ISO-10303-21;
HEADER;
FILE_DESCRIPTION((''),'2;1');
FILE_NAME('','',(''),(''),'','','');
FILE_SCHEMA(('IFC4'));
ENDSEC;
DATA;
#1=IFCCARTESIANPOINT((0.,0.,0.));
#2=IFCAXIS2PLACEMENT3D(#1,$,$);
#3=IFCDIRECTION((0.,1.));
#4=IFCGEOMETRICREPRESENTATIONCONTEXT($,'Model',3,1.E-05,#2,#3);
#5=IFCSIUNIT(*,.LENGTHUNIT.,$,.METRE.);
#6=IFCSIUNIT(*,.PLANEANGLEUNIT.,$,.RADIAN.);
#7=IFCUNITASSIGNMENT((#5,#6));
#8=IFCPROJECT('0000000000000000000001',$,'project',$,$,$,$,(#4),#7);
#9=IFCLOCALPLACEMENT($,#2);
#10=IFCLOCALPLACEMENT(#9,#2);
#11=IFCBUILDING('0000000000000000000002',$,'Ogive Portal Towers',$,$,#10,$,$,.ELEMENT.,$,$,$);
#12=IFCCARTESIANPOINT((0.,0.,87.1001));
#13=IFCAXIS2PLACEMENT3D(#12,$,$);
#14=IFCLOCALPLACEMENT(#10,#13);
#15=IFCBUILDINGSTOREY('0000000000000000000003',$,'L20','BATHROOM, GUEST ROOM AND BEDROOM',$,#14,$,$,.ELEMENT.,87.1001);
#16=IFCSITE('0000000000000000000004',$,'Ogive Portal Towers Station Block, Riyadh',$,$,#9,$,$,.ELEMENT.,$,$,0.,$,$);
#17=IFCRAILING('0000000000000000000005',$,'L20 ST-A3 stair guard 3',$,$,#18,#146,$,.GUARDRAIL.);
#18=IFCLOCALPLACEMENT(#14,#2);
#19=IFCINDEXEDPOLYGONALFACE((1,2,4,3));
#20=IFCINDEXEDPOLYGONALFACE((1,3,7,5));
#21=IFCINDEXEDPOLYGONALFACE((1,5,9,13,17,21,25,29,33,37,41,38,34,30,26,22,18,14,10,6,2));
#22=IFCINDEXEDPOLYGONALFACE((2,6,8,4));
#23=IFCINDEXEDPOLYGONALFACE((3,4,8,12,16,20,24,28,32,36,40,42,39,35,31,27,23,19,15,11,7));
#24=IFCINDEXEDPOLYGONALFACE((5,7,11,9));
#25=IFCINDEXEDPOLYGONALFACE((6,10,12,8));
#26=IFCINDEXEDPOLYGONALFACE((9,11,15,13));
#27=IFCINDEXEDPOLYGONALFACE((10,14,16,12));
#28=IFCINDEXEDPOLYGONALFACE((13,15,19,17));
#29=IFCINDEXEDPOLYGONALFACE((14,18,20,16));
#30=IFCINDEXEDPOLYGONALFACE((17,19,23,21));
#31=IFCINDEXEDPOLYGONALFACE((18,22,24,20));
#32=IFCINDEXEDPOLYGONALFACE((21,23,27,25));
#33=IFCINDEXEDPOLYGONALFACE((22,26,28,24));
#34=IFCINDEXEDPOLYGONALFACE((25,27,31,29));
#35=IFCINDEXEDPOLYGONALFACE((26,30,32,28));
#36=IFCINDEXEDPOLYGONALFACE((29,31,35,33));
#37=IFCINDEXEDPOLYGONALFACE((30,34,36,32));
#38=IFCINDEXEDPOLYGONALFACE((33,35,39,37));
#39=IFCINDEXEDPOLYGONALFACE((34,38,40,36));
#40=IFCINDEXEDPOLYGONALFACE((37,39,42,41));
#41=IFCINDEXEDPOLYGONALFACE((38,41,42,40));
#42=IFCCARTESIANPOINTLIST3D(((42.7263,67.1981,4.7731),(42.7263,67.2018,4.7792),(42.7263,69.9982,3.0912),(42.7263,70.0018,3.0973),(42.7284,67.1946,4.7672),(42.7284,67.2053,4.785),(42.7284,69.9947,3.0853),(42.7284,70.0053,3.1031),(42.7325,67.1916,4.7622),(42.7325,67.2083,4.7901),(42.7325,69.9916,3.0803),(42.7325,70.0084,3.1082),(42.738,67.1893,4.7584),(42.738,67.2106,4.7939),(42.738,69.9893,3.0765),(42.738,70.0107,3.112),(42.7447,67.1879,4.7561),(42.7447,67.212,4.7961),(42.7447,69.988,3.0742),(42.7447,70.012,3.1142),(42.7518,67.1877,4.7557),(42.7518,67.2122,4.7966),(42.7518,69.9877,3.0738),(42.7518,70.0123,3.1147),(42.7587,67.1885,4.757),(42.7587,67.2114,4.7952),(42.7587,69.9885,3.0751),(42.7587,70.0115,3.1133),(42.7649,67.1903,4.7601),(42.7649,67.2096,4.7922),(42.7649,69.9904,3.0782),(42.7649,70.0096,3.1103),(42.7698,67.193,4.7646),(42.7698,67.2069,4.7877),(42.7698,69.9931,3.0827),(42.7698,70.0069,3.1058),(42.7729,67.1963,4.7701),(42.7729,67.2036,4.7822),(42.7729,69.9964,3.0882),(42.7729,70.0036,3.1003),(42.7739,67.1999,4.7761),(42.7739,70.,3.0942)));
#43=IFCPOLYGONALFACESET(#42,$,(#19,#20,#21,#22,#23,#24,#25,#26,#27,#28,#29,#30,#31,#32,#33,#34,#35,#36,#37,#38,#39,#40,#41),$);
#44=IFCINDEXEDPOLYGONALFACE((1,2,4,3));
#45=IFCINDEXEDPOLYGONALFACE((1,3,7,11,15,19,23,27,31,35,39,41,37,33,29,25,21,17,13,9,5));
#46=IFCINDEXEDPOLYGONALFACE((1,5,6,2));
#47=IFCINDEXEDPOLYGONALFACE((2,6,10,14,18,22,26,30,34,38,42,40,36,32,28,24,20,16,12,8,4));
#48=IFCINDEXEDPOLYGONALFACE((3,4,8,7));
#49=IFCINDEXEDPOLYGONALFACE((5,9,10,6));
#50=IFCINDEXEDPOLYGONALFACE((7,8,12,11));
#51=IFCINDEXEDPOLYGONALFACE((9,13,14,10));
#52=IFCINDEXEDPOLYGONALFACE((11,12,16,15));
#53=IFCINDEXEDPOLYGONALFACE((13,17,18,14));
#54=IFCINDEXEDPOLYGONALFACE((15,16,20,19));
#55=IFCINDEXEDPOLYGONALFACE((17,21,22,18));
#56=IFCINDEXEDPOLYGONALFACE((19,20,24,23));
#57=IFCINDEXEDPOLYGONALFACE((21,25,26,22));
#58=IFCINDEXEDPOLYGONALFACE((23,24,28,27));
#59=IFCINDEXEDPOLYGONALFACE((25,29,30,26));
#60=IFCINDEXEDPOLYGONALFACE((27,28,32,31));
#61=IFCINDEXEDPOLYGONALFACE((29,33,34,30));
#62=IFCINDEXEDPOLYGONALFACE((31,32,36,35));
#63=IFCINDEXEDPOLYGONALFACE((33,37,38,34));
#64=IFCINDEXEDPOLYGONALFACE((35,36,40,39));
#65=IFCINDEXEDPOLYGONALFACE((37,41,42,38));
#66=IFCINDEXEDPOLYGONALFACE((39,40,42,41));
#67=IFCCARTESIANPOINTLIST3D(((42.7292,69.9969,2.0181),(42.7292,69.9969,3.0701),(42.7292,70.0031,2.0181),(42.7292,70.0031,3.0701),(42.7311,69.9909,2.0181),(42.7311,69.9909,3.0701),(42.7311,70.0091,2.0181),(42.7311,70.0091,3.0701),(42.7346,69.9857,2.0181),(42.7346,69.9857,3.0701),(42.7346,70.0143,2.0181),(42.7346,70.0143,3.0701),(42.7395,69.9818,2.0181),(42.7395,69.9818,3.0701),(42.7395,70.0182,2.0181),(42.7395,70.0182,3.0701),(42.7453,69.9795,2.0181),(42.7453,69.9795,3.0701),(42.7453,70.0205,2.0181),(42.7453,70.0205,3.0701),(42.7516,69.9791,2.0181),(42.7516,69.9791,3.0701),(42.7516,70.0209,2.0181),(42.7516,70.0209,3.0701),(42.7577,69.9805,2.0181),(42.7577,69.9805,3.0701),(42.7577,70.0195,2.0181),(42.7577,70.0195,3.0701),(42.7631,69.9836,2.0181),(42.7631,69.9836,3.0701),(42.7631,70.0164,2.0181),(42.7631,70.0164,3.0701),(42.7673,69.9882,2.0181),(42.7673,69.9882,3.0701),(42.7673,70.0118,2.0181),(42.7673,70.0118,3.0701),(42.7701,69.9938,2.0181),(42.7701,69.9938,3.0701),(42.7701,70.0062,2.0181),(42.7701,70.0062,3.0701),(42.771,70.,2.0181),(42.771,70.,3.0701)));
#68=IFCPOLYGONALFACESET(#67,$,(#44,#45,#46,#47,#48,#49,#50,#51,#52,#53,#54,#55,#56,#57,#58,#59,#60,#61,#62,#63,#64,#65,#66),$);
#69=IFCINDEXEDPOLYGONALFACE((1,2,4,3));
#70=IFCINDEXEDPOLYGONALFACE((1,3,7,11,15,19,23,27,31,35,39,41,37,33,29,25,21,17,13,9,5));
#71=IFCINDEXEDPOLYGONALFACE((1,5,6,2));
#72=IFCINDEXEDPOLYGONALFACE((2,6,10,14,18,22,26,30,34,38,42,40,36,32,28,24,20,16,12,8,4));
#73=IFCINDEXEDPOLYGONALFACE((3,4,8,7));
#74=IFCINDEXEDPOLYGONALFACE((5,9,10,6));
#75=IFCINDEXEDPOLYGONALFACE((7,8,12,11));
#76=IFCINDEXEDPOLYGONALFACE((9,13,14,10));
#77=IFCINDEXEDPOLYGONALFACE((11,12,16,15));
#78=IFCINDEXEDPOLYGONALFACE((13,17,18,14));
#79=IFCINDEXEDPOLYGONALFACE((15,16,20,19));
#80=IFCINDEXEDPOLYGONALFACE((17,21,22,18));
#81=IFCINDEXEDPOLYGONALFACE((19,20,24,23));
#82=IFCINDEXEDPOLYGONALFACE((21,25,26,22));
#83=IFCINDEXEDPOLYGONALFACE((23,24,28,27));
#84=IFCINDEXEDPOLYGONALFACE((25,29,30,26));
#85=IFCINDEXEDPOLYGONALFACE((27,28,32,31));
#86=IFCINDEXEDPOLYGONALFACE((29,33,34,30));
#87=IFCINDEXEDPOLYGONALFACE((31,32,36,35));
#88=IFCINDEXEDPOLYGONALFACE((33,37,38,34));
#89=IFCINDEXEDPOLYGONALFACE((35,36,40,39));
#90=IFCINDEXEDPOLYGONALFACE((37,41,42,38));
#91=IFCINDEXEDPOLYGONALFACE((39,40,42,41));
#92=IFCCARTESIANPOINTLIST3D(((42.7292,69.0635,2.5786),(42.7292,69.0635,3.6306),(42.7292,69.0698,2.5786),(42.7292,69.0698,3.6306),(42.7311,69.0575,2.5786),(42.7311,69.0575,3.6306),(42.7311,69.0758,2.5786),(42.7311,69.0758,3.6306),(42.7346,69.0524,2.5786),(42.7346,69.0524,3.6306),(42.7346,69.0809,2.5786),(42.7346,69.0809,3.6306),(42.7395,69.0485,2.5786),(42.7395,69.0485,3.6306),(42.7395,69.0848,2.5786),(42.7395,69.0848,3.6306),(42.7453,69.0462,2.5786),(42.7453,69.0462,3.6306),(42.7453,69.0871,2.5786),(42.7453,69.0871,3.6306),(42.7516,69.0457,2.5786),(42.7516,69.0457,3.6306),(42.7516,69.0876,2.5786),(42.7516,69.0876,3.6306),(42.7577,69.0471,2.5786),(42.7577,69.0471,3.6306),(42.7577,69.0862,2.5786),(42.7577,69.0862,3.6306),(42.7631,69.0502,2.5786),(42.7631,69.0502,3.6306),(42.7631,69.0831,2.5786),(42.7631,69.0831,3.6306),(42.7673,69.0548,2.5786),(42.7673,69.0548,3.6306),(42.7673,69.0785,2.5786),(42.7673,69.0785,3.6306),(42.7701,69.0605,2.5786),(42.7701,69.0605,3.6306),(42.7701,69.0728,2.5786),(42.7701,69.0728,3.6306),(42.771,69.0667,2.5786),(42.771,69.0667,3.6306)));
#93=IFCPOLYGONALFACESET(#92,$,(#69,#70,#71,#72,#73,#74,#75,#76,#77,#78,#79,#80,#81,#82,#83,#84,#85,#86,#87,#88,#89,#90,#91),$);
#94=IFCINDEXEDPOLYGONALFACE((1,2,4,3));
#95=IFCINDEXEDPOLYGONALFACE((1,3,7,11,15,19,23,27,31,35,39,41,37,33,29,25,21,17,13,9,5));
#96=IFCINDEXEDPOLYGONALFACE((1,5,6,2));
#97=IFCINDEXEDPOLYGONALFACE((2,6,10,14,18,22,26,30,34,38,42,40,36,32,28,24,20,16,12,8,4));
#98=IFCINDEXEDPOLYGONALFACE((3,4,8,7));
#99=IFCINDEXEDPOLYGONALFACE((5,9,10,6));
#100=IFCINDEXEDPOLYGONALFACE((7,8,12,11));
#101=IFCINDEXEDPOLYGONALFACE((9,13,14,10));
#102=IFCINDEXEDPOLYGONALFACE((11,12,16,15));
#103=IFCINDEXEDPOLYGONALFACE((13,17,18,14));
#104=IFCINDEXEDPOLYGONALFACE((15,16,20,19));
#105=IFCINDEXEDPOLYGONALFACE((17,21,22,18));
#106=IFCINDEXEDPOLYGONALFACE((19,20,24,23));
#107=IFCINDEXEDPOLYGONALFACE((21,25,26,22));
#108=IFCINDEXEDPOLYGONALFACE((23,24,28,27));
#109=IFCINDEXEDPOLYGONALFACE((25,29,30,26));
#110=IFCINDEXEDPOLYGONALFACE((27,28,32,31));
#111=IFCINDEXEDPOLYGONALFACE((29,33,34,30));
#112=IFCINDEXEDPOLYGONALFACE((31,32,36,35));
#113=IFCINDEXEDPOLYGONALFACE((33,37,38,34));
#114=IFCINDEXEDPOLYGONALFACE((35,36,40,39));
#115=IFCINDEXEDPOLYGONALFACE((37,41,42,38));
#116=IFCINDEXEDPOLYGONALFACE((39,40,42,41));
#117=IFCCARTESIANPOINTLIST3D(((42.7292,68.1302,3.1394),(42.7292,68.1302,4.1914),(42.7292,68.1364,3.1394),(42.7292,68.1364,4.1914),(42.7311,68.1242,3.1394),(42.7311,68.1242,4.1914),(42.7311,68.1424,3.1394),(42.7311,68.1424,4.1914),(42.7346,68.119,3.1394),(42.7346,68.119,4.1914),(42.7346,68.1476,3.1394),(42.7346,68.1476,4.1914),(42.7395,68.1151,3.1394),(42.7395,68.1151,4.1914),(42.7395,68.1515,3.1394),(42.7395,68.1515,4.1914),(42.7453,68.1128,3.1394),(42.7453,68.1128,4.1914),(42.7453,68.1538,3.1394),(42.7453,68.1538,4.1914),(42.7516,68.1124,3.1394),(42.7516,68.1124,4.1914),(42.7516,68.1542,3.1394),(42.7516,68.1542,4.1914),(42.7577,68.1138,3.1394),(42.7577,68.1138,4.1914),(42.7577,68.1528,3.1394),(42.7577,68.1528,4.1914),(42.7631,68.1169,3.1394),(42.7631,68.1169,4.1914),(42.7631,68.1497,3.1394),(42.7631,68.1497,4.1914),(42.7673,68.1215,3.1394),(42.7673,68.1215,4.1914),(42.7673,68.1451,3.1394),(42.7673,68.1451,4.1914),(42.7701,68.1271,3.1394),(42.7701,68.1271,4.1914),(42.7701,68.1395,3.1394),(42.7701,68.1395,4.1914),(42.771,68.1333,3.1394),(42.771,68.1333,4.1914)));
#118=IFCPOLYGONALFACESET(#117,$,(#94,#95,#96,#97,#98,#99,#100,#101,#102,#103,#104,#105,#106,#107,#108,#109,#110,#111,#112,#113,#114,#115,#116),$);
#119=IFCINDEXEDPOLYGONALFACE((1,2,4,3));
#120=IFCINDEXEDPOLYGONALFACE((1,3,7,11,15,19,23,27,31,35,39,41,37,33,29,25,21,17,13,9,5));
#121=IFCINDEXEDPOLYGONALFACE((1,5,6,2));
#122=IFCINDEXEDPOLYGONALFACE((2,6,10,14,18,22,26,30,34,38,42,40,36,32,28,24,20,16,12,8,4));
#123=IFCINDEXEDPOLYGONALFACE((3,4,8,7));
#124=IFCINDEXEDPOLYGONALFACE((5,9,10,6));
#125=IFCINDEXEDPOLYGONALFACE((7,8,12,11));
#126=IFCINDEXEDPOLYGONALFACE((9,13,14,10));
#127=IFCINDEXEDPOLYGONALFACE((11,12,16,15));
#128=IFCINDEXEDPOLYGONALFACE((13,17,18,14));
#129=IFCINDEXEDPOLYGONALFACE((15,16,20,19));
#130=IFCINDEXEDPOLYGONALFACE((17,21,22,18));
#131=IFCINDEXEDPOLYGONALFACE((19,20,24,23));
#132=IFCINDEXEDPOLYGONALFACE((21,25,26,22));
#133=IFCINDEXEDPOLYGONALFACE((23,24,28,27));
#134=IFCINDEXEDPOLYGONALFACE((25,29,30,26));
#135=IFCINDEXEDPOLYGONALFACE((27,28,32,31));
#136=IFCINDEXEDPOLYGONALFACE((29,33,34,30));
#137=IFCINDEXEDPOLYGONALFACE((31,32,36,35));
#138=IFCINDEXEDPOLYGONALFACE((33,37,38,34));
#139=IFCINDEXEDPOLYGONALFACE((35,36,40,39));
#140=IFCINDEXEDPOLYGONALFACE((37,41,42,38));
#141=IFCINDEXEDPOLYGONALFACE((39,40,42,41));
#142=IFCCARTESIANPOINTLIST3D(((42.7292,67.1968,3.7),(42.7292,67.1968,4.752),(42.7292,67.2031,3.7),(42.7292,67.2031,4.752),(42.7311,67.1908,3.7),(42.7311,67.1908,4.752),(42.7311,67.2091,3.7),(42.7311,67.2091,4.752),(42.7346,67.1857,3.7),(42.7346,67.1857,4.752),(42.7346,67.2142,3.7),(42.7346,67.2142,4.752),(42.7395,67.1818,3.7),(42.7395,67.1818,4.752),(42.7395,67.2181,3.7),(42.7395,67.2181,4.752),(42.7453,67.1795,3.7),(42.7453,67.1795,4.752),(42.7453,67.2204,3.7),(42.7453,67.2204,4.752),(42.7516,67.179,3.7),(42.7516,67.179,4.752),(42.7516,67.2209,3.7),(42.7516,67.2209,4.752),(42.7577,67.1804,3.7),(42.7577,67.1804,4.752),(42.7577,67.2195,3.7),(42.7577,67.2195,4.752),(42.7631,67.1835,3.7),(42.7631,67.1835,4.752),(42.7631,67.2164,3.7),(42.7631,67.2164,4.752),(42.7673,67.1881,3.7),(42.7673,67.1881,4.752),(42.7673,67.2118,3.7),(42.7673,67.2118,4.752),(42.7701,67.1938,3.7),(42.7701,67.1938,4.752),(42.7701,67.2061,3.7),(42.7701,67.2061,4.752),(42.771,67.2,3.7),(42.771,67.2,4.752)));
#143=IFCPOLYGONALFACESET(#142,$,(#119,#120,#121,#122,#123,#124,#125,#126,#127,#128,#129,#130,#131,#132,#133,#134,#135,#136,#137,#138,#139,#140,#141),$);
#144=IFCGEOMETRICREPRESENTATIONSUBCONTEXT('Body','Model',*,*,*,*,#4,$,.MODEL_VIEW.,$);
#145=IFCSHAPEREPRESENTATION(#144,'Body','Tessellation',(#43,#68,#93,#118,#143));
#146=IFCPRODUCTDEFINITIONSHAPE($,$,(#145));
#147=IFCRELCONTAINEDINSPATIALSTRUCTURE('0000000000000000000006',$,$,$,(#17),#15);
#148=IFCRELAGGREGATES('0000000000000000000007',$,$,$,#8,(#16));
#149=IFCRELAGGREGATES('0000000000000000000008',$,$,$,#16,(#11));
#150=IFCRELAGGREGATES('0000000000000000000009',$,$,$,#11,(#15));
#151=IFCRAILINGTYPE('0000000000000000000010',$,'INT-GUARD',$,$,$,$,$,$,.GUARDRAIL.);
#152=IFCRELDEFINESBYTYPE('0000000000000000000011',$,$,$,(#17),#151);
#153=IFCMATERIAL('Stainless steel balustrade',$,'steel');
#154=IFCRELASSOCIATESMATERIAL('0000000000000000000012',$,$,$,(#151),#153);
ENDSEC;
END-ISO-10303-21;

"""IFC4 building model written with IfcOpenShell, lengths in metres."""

from ifc_helpers import new_model, si_unit, direction, frame, origin, origin_2d, place, context, subcontext, project, spatial, circle, extrude, material, type_object, element, save


model = new_model("IFC4")

# Units and contexts
model_context = context("Model", 3, precision=1e-05, world=origin(), true_north=direction((0.0, 1.0)))
body_context = subcontext(model_context, "Body", "Model", "MODEL_VIEW")
ifc_project = project(units=[si_unit("LENGTHUNIT", "METRE"), si_unit("PLANEANGLEUNIT", "RADIAN")], contexts=[model_context])

# Site, building, storey
site_placement = place(None, origin())
site = spatial("IfcSite", under=ifc_project, at=site_placement, Name="Ogive Portal Towers Station Block, Riyadh", CompositionType="ELEMENT", RefElevation=0.0)
building_placement = place(site_placement, origin())
building = spatial("IfcBuilding", under=site, at=building_placement, Name="Ogive Portal Towers", CompositionType="ELEMENT")
storey_placement = place(building_placement, frame((0.0, 0.0, 87.1001)))
storey = spatial("IfcBuildingStorey", under=building, at=storey_placement, Name="L20", Description="BATHROOM, GUEST ROOM AND BEDROOM", CompositionType="ELEMENT", Elevation=87.1001)

# Railing
ifc_material_1 = material(Name="Stainless steel balustrade", Category="steel")
railing_type_1 = type_object("IfcRailingType", Name="INT-GUARD", PredefinedType="GUARDRAIL", material=ifc_material_1)
railing_1_placement = place(storey_placement, frame((42.75, 70.0, 2.0181)))
element("IfcRailing", 1, at=railing_1_placement, inside=storey, type_object=railing_type_1, Name="L20 ST-A3 stair guard 3", PredefinedType="GUARDRAIL", context=body_context, shape_type="SweptSolid", body=[
    extrude(circle(Radius=0.0239, at=origin_2d()), frame((0.0, 0.0, 1.0762), z_axis=(0.0, -0.857242, 0.514913), x_axis=(1.0, 0.0, 0.0)), (0.0, 0.0, 1.0), 3.2664),
    extrude(circle(Radius=0.021, at=origin_2d()), origin(), (0.0, 0.0, 1.0), 1.052),
    extrude(circle(Radius=0.021, at=origin_2d()), frame((0.0, -0.9333, 0.5605)), (0.0, 0.0, 1.0), 1.052),
    extrude(circle(Radius=0.021, at=origin_2d()), frame((0.0, -1.8667, 1.1213)), (0.0, 0.0, 1.0), 1.052),
    extrude(circle(Radius=0.021, at=origin_2d()), frame((0.0, -2.8, 1.6819)), (0.0, 0.0, 1.0), 1.052),
])

save(model, "model.ifc")
